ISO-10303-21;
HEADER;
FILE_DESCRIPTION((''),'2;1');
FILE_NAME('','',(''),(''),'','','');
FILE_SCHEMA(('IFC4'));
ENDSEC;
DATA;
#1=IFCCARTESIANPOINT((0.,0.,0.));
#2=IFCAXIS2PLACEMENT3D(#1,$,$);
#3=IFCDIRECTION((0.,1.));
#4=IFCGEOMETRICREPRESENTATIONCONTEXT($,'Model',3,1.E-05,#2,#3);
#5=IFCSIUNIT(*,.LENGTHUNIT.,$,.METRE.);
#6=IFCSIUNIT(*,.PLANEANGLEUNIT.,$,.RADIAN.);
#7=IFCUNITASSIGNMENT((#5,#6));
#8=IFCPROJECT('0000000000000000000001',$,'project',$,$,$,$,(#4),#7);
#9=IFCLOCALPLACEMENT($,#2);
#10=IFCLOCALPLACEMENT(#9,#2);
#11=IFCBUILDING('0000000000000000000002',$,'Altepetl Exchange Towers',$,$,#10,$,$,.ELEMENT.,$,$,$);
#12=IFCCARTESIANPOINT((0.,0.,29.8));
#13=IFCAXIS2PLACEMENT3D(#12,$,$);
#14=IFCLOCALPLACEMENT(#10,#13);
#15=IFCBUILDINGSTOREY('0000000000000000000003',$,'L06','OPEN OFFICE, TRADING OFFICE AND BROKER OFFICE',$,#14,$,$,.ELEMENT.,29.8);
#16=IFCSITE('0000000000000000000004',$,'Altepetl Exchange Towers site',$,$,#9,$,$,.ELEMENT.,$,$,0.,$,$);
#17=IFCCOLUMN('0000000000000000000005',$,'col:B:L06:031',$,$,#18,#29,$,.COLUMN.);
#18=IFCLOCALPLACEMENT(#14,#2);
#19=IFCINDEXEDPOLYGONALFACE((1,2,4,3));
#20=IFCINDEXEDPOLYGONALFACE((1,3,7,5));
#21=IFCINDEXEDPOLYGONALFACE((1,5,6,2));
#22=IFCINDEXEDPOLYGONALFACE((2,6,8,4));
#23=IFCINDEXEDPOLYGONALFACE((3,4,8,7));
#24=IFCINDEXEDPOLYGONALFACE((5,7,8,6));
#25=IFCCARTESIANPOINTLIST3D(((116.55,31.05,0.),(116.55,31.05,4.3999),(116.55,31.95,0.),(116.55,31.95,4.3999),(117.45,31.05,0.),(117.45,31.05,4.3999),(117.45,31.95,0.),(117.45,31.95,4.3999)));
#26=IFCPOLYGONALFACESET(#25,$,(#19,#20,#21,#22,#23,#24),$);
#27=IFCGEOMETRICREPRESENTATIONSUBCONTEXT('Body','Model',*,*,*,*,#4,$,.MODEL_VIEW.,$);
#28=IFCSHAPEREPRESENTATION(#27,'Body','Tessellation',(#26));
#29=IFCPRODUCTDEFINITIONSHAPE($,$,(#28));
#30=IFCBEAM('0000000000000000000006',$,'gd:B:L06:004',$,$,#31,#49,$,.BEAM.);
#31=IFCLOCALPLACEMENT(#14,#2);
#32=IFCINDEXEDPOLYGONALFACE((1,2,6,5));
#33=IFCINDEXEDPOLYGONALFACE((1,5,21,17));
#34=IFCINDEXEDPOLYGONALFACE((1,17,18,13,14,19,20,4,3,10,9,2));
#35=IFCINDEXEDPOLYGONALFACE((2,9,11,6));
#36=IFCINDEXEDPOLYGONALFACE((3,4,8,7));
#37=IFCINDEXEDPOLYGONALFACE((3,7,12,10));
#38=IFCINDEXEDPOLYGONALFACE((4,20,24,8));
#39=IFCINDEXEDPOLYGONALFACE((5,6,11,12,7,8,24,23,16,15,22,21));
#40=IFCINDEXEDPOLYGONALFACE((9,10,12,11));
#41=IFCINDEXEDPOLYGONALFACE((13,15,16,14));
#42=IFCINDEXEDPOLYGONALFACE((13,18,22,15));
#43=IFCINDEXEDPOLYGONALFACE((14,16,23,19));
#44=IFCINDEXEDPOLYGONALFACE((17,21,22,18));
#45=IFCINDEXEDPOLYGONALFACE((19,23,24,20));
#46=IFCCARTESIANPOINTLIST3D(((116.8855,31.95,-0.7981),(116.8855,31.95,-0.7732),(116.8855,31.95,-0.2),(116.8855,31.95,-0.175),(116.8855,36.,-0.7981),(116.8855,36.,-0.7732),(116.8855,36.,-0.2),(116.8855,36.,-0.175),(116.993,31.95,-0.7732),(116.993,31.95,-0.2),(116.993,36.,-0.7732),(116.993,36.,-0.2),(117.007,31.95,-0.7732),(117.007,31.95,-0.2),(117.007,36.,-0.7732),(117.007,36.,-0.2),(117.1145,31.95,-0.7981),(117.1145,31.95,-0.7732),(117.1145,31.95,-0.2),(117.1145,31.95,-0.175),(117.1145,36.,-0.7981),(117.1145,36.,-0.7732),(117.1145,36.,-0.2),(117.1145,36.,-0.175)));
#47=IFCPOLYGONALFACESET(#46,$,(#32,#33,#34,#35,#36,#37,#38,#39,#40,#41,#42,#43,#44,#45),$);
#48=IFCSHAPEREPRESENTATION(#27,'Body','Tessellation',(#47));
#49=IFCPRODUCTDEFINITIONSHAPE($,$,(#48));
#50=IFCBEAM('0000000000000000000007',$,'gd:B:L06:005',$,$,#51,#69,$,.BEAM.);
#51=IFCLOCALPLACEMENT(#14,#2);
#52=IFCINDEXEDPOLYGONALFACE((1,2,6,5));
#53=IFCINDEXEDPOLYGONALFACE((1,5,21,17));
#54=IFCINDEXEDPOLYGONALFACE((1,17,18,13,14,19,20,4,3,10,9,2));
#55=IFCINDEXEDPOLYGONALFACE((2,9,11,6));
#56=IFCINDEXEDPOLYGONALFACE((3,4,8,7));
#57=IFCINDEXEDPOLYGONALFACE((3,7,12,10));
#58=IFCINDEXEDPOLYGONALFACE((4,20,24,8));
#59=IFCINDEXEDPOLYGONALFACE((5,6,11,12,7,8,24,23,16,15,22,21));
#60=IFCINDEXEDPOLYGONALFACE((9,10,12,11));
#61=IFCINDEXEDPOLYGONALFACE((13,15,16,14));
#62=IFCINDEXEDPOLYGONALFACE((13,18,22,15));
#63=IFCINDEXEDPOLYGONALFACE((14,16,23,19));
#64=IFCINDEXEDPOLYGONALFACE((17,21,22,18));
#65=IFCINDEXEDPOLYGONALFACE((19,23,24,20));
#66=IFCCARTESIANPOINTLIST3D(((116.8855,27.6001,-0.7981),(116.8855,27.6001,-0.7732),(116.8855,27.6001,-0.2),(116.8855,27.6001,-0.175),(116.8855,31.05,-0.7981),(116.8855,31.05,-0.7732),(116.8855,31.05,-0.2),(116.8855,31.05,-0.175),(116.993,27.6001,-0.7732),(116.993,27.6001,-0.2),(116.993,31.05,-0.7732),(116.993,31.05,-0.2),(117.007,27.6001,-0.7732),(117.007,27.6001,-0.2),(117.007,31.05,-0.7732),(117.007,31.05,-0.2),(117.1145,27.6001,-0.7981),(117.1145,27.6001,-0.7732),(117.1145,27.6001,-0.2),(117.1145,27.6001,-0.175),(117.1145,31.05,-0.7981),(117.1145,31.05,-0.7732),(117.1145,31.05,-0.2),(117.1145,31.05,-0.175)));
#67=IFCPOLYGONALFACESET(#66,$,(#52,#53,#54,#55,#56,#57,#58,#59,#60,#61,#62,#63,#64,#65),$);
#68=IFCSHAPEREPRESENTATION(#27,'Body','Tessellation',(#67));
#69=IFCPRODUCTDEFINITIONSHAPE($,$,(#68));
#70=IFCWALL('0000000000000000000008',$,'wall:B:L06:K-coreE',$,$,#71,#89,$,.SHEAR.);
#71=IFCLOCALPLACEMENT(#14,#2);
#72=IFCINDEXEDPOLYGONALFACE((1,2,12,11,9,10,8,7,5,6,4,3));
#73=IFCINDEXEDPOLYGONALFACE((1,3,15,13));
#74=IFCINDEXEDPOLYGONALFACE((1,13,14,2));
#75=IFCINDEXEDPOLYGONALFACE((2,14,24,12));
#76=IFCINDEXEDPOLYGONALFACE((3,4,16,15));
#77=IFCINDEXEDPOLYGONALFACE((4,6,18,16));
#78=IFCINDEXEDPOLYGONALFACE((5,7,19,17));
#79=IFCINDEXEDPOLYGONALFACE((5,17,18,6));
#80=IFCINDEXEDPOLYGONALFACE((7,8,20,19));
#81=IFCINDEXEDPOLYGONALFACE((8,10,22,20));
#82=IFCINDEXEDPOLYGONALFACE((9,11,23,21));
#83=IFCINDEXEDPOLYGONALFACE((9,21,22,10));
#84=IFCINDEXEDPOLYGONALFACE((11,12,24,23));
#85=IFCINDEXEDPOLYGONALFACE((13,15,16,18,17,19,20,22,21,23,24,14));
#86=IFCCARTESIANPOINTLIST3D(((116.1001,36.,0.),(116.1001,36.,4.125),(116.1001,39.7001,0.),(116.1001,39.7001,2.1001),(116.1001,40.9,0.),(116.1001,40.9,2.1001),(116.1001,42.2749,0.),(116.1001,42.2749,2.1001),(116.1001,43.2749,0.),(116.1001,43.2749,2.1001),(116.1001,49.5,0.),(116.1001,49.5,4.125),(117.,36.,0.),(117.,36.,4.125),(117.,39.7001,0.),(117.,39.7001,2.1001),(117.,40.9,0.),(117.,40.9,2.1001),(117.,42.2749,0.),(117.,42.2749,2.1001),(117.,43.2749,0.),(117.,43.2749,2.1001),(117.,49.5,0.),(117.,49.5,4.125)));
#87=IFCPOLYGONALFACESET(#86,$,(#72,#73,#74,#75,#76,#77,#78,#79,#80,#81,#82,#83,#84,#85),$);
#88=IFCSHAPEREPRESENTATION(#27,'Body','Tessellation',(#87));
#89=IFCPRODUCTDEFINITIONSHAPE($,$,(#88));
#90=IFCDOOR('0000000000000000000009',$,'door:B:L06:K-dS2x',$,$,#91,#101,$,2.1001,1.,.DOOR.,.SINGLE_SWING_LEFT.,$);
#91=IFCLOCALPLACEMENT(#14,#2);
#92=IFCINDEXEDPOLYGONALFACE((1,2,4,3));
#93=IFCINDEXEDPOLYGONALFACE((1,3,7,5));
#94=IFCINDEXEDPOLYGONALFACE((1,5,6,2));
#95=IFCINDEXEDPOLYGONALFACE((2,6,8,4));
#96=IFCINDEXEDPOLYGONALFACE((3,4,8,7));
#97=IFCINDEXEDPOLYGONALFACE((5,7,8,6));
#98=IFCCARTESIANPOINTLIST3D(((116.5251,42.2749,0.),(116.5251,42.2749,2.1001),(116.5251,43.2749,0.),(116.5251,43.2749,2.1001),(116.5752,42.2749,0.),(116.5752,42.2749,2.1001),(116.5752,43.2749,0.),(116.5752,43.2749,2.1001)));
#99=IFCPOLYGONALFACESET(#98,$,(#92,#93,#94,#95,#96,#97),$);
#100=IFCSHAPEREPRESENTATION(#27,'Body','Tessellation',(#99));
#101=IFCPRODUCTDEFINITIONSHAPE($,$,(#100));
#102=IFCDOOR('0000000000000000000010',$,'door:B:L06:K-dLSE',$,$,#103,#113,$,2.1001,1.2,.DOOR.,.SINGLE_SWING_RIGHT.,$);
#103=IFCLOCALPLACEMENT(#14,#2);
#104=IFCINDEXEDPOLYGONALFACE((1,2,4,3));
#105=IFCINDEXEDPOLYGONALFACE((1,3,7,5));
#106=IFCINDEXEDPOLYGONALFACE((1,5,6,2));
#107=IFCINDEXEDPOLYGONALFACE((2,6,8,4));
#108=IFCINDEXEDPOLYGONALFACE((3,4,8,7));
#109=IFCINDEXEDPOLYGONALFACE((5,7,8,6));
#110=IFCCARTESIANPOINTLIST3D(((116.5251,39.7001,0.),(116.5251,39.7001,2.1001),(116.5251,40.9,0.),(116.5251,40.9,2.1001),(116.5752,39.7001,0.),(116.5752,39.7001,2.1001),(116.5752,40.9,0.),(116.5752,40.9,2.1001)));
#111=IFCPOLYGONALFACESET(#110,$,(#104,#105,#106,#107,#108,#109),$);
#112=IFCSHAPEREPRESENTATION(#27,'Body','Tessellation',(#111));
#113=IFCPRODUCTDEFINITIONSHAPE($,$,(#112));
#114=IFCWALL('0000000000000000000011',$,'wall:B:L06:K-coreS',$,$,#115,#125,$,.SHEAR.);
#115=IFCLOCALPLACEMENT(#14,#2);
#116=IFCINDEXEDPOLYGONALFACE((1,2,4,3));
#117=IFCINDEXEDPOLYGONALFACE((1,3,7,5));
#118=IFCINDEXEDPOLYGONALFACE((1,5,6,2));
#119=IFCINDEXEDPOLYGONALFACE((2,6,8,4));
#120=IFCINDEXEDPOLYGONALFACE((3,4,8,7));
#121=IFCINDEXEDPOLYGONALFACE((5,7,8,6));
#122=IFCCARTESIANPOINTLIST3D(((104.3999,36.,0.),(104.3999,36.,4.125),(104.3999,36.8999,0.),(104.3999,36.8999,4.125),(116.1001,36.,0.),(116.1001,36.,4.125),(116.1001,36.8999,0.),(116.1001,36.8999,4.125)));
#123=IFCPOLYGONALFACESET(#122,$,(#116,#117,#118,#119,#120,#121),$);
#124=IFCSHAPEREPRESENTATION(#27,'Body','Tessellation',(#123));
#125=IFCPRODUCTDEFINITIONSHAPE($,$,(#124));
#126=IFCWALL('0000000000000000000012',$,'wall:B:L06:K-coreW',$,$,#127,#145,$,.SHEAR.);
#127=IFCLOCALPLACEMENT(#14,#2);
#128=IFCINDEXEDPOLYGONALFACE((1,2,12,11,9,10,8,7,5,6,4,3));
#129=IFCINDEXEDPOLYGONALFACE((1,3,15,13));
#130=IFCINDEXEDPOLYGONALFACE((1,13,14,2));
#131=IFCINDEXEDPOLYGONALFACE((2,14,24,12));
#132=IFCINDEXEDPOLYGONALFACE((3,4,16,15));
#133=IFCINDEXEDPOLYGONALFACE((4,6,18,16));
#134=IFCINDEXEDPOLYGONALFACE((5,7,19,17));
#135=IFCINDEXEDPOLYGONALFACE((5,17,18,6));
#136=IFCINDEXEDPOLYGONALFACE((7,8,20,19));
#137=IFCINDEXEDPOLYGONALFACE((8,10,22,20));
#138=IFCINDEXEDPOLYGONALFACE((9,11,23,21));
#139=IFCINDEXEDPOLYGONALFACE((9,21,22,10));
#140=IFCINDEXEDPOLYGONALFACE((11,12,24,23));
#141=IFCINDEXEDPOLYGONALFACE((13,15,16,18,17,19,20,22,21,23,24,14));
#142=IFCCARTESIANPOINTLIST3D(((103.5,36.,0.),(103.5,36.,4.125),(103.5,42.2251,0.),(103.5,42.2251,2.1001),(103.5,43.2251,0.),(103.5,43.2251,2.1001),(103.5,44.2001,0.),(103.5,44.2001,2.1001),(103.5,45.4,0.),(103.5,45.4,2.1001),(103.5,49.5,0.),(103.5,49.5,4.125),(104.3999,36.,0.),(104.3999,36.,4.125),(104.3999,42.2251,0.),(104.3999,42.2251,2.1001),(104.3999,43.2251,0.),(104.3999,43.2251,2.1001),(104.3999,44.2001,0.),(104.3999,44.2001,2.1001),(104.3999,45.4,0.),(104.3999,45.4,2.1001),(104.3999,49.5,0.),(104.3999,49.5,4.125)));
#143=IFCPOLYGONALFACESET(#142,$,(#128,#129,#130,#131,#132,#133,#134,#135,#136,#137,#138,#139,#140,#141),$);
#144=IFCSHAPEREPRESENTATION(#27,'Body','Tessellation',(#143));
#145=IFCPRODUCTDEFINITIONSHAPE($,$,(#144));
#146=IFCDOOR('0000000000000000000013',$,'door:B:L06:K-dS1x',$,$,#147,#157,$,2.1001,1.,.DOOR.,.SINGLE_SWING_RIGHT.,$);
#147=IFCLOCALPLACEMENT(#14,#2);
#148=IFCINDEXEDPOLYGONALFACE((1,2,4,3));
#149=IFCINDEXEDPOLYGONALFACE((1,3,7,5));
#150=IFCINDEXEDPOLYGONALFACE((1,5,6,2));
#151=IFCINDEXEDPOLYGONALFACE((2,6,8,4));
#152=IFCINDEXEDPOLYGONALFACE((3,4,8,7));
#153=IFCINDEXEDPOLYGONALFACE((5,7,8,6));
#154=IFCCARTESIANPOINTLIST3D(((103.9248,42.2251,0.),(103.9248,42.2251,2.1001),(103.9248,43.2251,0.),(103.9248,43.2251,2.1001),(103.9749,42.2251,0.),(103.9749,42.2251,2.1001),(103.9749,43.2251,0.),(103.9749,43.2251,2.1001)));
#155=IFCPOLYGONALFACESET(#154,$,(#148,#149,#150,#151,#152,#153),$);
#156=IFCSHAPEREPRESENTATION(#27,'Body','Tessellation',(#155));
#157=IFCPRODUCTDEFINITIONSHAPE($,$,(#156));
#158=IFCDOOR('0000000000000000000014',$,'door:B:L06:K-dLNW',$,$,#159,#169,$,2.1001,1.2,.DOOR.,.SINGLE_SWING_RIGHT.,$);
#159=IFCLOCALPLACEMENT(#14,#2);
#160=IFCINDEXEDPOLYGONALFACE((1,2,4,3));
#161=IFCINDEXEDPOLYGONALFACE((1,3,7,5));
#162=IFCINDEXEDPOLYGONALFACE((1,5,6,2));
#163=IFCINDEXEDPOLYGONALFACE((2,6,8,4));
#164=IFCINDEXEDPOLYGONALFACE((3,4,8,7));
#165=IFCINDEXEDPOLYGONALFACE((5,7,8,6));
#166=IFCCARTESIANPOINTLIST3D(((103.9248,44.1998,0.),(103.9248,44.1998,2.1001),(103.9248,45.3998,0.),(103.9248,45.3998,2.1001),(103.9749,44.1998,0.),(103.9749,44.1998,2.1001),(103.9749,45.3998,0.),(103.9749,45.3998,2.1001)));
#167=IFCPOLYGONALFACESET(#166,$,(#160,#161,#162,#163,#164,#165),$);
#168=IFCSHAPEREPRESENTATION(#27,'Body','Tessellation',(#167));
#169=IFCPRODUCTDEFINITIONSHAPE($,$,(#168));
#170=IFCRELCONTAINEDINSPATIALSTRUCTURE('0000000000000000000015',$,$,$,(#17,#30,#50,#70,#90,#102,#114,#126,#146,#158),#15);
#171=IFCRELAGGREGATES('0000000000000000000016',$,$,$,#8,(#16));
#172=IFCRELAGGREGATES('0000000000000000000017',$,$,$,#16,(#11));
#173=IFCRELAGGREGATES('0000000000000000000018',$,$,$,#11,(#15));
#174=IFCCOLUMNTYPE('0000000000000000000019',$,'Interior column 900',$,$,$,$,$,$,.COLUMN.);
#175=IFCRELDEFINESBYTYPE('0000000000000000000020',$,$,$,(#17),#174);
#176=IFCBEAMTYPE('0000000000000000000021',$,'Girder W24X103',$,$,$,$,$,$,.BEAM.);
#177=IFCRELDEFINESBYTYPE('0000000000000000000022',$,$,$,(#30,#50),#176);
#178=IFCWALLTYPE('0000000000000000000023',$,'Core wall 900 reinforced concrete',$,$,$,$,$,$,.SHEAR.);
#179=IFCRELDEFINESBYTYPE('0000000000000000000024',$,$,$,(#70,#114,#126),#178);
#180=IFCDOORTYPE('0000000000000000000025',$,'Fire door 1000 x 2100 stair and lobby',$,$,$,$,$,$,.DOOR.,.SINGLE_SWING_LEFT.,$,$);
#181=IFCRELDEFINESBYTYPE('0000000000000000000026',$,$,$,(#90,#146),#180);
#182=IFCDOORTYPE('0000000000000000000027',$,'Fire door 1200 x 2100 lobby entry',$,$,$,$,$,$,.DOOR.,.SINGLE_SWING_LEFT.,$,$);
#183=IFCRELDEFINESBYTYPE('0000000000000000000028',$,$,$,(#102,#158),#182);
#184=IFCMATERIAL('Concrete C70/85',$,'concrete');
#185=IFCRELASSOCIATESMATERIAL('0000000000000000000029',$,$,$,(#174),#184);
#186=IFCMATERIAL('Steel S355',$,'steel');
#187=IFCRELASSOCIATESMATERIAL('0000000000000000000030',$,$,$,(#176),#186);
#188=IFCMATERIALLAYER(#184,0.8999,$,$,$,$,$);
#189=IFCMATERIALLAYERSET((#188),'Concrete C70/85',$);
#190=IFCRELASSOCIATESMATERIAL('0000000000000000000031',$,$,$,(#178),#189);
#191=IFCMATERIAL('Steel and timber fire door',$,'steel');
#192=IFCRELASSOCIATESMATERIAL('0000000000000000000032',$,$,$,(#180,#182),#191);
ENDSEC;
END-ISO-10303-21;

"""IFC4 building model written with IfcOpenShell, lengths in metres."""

from ifc_helpers import new_model, si_unit, direction, frame, frame_2d, origin, origin_2d, place, context, subcontext, project, spatial, rectangle, i_section, extrude, material, layer, layer_set, material_profile, profile_set, type_object, element, fill, save


model = new_model("IFC4")

# Units and contexts
model_context = context("Model", 3, precision=1e-05, world=origin(), true_north=direction((0.0, 1.0)))
body_context = subcontext(model_context, "Body", "Model", "MODEL_VIEW")
ifc_project = project(units=[si_unit("LENGTHUNIT", "METRE"), si_unit("PLANEANGLEUNIT", "RADIAN")], contexts=[model_context])

# Site, building, storey
site_placement = place(None, origin())
site = spatial("IfcSite", under=ifc_project, at=site_placement, Name="Altepetl Exchange Towers site", CompositionType="ELEMENT", RefElevation=0.0)
building_placement = place(site_placement, origin())
building = spatial("IfcBuilding", under=site, at=building_placement, Name="Altepetl Exchange Towers", CompositionType="ELEMENT")
storey_placement = place(building_placement, frame((0.0, 0.0, 29.8)))
storey = spatial("IfcBuildingStorey", under=building, at=storey_placement, Name="L06", Description="OPEN OFFICE, TRADING OFFICE AND BROKER OFFICE", CompositionType="ELEMENT", Elevation=29.8)

# Column
ifc_material_1 = material(Name="Concrete C70/85", Category="concrete")
ifc_material_profile_1 = material_profile(ifc_material_1, rectangle(XDim=0.8999, YDim=0.8999, at=origin_2d()), Name="900 x 900")
ifc_profile_set_1 = profile_set([ifc_material_profile_1], Name="Concrete C70/85")
column_type = type_object("IfcColumnType", Name="Interior column 900", PredefinedType="COLUMN", material=ifc_profile_set_1)
column_placement = place(storey_placement, frame((117.0, 31.5, 0.0)))
element("IfcColumn", 1, at=column_placement, inside=storey, type_object=column_type, Name="col:B:L06:031", PredefinedType="COLUMN", context=body_context, shape_type="SweptSolid", body=[
    extrude(rectangle(XDim=0.8999, YDim=0.8999, at=origin_2d()), origin(), (0.0, 0.0, 1.0), 4.3999),
])

# Beams
ifc_material_2 = material(Name="Steel S355", Category="steel")
ifc_material_profile_2 = material_profile(ifc_material_2, i_section(OverallWidth=0.229, OverallDepth=0.623, WebThickness=0.0139, FlangeThickness=0.0249, at=origin_2d()), Name="W24X103")
ifc_profile_set_2 = profile_set([ifc_material_profile_2], Name="Steel S355")
beam_type = type_object("IfcBeamType", Name="Girder W24X103", PredefinedType="BEAM", material=ifc_profile_set_2)
beam_1_placement = place(storey_placement, frame((117.0, 36.0, -0.4866), z_axis=(0.0, -1.0, 0.0), x_axis=(1.0, 0.0, 0.0)))
element("IfcBeam", 2, at=beam_1_placement, inside=storey, type_object=beam_type, Name="gd:B:L06:004", PredefinedType="BEAM", context=body_context, shape_type="SweptSolid", body=[
    extrude(i_section(OverallWidth=0.229, OverallDepth=0.623, WebThickness=0.0139, FlangeThickness=0.0249, at=origin_2d()), origin(), (0.0, 0.0, 1.0), 4.05),
])
beam_2_placement = place(storey_placement, frame((117.0, 31.05, -0.4866), z_axis=(0.0, -1.0, 0.0), x_axis=(1.0, 0.0, 0.0)))
element("IfcBeam", 3, at=beam_2_placement, inside=storey, type_object=beam_type, Name="gd:B:L06:005", PredefinedType="BEAM", context=body_context, shape_type="SweptSolid", body=[
    extrude(i_section(OverallWidth=0.229, OverallDepth=0.623, WebThickness=0.0139, FlangeThickness=0.0249, at=origin_2d()), origin(), (0.0, 0.0, 1.0), 3.45),
])

# Wall, openings, doors
ifc_layer_1 = layer(ifc_material_1, 0.8999)
ifc_layer_set_1 = layer_set([ifc_layer_1], Name="Concrete C70/85")
wall_type_1 = type_object("IfcWallType", Name="Core wall 900 reinforced concrete", PredefinedType="SHEAR", material=ifc_layer_set_1)
wall_1_placement = place(storey_placement, frame((116.55, 36.0, 0.0), z_axis=(0.0, 0.0, 1.0), x_axis=(0.0, 1.0, 0.0)))
wall_1 = element("IfcWall", 4, at=wall_1_placement, inside=storey, type_object=wall_type_1, Name="wall:B:L06:K-coreE", PredefinedType="SHEAR", context=body_context, shape_type="SweptSolid", body=[
    extrude(rectangle(XDim=13.5, YDim=0.8999, at=frame_2d((6.75, 0.0))), origin(), (0.0, 0.0, 1.0), 4.125),
])
opening_1_placement = place(wall_1_placement, frame((3.7, 0.0, 0.0)))
opening_1 = element("IfcOpeningElement", 5, at=opening_1_placement, cuts=wall_1, PredefinedType="OPENING", context=body_context, shape_type="SweptSolid", body=[
    extrude(rectangle(XDim=1.2, YDim=2.1001, at=frame_2d((0.6001, 1.05))), frame((0.0, 0.46, 0.0), z_axis=(0.0, -1.0, 0.0), x_axis=(1.0, 0.0, 0.0)), (0.0, 0.0, 1.0), 0.9199),
])
opening_2_placement = place(wall_1_placement, frame((6.2749, 0.0, 0.0)))
opening_2 = element("IfcOpeningElement", 6, at=opening_2_placement, cuts=wall_1, PredefinedType="OPENING", context=body_context, shape_type="SweptSolid", body=[
    extrude(rectangle(XDim=1.0, YDim=2.1001, at=frame_2d((0.5, 1.05))), frame((0.0, 0.46, 0.0), z_axis=(0.0, -1.0, 0.0), x_axis=(1.0, 0.0, 0.0)), (0.0, 0.0, 1.0), 0.9199),
])
ifc_material_3 = material(Name="Steel and timber fire door", Category="steel")
door_type_1 = type_object("IfcDoorType", Name="Fire door 1000 x 2100 stair and lobby", OperationType="SINGLE_SWING_LEFT", PredefinedType="DOOR", material=ifc_material_3)
door_1_placement = place(opening_2_placement, origin())
door_1 = element("IfcDoor", 7, at=door_1_placement, inside=storey, type_object=door_type_1, Name="door:B:L06:K-dS2x", OperationType="SINGLE_SWING_LEFT", OverallHeight=2.1001, OverallWidth=1.0, PredefinedType="DOOR", context=body_context, shape_type="SweptSolid", body=[
    extrude(rectangle(XDim=1.0, YDim=2.1001, at=frame_2d((0.5, 1.05))), frame((0.0, 0.0249, 0.0), z_axis=(0.0, -1.0, 0.0), x_axis=(1.0, 0.0, 0.0)), (0.0, 0.0, 1.0), 0.05),
])
fill(opening_2, door_1)
door_type_2 = type_object("IfcDoorType", Name="Fire door 1200 x 2100 lobby entry", OperationType="SINGLE_SWING_LEFT", PredefinedType="DOOR", material=ifc_material_3)
door_2_placement = place(opening_1_placement, origin())
door_2 = element("IfcDoor", 8, at=door_2_placement, inside=storey, type_object=door_type_2, Name="door:B:L06:K-dLSE", OperationType="SINGLE_SWING_RIGHT", OverallHeight=2.1001, OverallWidth=1.2, PredefinedType="DOOR", context=body_context, shape_type="SweptSolid", body=[
    extrude(rectangle(XDim=1.2, YDim=2.1001, at=frame_2d((0.6001, 1.05))), frame((0.0, 0.0249, 0.0), z_axis=(0.0, -1.0, 0.0), x_axis=(1.0, 0.0, 0.0)), (0.0, 0.0, 1.0), 0.05),
])
fill(opening_1, door_2)

# Wall
wall_2_placement = place(storey_placement, frame((104.3999, 36.45, 0.0)))
element("IfcWall", 9, at=wall_2_placement, inside=storey, type_object=wall_type_1, Name="wall:B:L06:K-coreS", PredefinedType="SHEAR", context=body_context, shape_type="SweptSolid", body=[
    extrude(rectangle(XDim=11.7002, YDim=0.8999, at=frame_2d((5.8501, 0.0))), origin(), (0.0, 0.0, 1.0), 4.125),
])

# Wall, openings, doors
wall_3_placement = place(storey_placement, frame((103.95, 36.0, 0.0), z_axis=(0.0, 0.0, 1.0), x_axis=(0.0, 1.0, 0.0)))
wall_3 = element("IfcWall", 10, at=wall_3_placement, inside=storey, type_object=wall_type_1, Name="wall:B:L06:K-coreW", PredefinedType="SHEAR", context=body_context, shape_type="SweptSolid", body=[
    extrude(rectangle(XDim=13.5, YDim=0.8999, at=frame_2d((6.75, 0.0))), origin(), (0.0, 0.0, 1.0), 4.125),
])
opening_3_placement = place(wall_3_placement, frame((8.2, 0.0, 0.0)))
opening_3 = element("IfcOpeningElement", 11, at=opening_3_placement, cuts=wall_3, PredefinedType="OPENING", context=body_context, shape_type="SweptSolid", body=[
    extrude(rectangle(XDim=1.2, YDim=2.1001, at=frame_2d((0.6001, 1.05))), frame((0.0, 0.46, 0.0), z_axis=(0.0, -1.0, 0.0), x_axis=(1.0, 0.0, 0.0)), (0.0, 0.0, 1.0), 0.9199),
])
opening_4_placement = place(wall_3_placement, frame((6.2251, 0.0, 0.0)))
opening_4 = element("IfcOpeningElement", 12, at=opening_4_placement, cuts=wall_3, PredefinedType="OPENING", context=body_context, shape_type="SweptSolid", body=[
    extrude(rectangle(XDim=1.0, YDim=2.1001, at=frame_2d((0.5, 1.05))), frame((0.0, 0.46, 0.0), z_axis=(0.0, -1.0, 0.0), x_axis=(1.0, 0.0, 0.0)), (0.0, 0.0, 1.0), 0.9199),
])
door_3_placement = place(opening_4_placement, frame((1.0, 0.0, 0.0), x_axis=(-1.0, 0.0, 0.0)))
door_3 = element("IfcDoor", 13, at=door_3_placement, inside=storey, type_object=door_type_1, Name="door:B:L06:K-dS1x", OperationType="SINGLE_SWING_RIGHT", OverallHeight=2.1001, OverallWidth=1.0, PredefinedType="DOOR", context=body_context, shape_type="SweptSolid", body=[
    extrude(rectangle(XDim=1.0, YDim=2.1001, at=frame_2d((0.5, 1.05))), frame((0.0, 0.0249, 0.0), z_axis=(0.0, -1.0, 0.0), x_axis=(1.0, 0.0, 0.0)), (0.0, 0.0, 1.0), 0.05),
])
fill(opening_4, door_3)
door_4_placement = place(opening_3_placement, frame((1.2, 0.0, 0.0), x_axis=(-1.0, 0.0, 0.0)))
door_4 = element("IfcDoor", 14, at=door_4_placement, inside=storey, type_object=door_type_2, Name="door:B:L06:K-dLNW", OperationType="SINGLE_SWING_RIGHT", OverallHeight=2.1001, OverallWidth=1.2, PredefinedType="DOOR", context=body_context, shape_type="SweptSolid", body=[
    extrude(rectangle(XDim=1.2, YDim=2.1001, at=frame_2d((0.6001, 1.05))), frame((0.0, 0.0249, 0.0), z_axis=(0.0, -1.0, 0.0), x_axis=(1.0, 0.0, 0.0)), (0.0, 0.0, 1.0), 0.05),
])
fill(opening_3, door_4)

save(model, "model.ifc")
